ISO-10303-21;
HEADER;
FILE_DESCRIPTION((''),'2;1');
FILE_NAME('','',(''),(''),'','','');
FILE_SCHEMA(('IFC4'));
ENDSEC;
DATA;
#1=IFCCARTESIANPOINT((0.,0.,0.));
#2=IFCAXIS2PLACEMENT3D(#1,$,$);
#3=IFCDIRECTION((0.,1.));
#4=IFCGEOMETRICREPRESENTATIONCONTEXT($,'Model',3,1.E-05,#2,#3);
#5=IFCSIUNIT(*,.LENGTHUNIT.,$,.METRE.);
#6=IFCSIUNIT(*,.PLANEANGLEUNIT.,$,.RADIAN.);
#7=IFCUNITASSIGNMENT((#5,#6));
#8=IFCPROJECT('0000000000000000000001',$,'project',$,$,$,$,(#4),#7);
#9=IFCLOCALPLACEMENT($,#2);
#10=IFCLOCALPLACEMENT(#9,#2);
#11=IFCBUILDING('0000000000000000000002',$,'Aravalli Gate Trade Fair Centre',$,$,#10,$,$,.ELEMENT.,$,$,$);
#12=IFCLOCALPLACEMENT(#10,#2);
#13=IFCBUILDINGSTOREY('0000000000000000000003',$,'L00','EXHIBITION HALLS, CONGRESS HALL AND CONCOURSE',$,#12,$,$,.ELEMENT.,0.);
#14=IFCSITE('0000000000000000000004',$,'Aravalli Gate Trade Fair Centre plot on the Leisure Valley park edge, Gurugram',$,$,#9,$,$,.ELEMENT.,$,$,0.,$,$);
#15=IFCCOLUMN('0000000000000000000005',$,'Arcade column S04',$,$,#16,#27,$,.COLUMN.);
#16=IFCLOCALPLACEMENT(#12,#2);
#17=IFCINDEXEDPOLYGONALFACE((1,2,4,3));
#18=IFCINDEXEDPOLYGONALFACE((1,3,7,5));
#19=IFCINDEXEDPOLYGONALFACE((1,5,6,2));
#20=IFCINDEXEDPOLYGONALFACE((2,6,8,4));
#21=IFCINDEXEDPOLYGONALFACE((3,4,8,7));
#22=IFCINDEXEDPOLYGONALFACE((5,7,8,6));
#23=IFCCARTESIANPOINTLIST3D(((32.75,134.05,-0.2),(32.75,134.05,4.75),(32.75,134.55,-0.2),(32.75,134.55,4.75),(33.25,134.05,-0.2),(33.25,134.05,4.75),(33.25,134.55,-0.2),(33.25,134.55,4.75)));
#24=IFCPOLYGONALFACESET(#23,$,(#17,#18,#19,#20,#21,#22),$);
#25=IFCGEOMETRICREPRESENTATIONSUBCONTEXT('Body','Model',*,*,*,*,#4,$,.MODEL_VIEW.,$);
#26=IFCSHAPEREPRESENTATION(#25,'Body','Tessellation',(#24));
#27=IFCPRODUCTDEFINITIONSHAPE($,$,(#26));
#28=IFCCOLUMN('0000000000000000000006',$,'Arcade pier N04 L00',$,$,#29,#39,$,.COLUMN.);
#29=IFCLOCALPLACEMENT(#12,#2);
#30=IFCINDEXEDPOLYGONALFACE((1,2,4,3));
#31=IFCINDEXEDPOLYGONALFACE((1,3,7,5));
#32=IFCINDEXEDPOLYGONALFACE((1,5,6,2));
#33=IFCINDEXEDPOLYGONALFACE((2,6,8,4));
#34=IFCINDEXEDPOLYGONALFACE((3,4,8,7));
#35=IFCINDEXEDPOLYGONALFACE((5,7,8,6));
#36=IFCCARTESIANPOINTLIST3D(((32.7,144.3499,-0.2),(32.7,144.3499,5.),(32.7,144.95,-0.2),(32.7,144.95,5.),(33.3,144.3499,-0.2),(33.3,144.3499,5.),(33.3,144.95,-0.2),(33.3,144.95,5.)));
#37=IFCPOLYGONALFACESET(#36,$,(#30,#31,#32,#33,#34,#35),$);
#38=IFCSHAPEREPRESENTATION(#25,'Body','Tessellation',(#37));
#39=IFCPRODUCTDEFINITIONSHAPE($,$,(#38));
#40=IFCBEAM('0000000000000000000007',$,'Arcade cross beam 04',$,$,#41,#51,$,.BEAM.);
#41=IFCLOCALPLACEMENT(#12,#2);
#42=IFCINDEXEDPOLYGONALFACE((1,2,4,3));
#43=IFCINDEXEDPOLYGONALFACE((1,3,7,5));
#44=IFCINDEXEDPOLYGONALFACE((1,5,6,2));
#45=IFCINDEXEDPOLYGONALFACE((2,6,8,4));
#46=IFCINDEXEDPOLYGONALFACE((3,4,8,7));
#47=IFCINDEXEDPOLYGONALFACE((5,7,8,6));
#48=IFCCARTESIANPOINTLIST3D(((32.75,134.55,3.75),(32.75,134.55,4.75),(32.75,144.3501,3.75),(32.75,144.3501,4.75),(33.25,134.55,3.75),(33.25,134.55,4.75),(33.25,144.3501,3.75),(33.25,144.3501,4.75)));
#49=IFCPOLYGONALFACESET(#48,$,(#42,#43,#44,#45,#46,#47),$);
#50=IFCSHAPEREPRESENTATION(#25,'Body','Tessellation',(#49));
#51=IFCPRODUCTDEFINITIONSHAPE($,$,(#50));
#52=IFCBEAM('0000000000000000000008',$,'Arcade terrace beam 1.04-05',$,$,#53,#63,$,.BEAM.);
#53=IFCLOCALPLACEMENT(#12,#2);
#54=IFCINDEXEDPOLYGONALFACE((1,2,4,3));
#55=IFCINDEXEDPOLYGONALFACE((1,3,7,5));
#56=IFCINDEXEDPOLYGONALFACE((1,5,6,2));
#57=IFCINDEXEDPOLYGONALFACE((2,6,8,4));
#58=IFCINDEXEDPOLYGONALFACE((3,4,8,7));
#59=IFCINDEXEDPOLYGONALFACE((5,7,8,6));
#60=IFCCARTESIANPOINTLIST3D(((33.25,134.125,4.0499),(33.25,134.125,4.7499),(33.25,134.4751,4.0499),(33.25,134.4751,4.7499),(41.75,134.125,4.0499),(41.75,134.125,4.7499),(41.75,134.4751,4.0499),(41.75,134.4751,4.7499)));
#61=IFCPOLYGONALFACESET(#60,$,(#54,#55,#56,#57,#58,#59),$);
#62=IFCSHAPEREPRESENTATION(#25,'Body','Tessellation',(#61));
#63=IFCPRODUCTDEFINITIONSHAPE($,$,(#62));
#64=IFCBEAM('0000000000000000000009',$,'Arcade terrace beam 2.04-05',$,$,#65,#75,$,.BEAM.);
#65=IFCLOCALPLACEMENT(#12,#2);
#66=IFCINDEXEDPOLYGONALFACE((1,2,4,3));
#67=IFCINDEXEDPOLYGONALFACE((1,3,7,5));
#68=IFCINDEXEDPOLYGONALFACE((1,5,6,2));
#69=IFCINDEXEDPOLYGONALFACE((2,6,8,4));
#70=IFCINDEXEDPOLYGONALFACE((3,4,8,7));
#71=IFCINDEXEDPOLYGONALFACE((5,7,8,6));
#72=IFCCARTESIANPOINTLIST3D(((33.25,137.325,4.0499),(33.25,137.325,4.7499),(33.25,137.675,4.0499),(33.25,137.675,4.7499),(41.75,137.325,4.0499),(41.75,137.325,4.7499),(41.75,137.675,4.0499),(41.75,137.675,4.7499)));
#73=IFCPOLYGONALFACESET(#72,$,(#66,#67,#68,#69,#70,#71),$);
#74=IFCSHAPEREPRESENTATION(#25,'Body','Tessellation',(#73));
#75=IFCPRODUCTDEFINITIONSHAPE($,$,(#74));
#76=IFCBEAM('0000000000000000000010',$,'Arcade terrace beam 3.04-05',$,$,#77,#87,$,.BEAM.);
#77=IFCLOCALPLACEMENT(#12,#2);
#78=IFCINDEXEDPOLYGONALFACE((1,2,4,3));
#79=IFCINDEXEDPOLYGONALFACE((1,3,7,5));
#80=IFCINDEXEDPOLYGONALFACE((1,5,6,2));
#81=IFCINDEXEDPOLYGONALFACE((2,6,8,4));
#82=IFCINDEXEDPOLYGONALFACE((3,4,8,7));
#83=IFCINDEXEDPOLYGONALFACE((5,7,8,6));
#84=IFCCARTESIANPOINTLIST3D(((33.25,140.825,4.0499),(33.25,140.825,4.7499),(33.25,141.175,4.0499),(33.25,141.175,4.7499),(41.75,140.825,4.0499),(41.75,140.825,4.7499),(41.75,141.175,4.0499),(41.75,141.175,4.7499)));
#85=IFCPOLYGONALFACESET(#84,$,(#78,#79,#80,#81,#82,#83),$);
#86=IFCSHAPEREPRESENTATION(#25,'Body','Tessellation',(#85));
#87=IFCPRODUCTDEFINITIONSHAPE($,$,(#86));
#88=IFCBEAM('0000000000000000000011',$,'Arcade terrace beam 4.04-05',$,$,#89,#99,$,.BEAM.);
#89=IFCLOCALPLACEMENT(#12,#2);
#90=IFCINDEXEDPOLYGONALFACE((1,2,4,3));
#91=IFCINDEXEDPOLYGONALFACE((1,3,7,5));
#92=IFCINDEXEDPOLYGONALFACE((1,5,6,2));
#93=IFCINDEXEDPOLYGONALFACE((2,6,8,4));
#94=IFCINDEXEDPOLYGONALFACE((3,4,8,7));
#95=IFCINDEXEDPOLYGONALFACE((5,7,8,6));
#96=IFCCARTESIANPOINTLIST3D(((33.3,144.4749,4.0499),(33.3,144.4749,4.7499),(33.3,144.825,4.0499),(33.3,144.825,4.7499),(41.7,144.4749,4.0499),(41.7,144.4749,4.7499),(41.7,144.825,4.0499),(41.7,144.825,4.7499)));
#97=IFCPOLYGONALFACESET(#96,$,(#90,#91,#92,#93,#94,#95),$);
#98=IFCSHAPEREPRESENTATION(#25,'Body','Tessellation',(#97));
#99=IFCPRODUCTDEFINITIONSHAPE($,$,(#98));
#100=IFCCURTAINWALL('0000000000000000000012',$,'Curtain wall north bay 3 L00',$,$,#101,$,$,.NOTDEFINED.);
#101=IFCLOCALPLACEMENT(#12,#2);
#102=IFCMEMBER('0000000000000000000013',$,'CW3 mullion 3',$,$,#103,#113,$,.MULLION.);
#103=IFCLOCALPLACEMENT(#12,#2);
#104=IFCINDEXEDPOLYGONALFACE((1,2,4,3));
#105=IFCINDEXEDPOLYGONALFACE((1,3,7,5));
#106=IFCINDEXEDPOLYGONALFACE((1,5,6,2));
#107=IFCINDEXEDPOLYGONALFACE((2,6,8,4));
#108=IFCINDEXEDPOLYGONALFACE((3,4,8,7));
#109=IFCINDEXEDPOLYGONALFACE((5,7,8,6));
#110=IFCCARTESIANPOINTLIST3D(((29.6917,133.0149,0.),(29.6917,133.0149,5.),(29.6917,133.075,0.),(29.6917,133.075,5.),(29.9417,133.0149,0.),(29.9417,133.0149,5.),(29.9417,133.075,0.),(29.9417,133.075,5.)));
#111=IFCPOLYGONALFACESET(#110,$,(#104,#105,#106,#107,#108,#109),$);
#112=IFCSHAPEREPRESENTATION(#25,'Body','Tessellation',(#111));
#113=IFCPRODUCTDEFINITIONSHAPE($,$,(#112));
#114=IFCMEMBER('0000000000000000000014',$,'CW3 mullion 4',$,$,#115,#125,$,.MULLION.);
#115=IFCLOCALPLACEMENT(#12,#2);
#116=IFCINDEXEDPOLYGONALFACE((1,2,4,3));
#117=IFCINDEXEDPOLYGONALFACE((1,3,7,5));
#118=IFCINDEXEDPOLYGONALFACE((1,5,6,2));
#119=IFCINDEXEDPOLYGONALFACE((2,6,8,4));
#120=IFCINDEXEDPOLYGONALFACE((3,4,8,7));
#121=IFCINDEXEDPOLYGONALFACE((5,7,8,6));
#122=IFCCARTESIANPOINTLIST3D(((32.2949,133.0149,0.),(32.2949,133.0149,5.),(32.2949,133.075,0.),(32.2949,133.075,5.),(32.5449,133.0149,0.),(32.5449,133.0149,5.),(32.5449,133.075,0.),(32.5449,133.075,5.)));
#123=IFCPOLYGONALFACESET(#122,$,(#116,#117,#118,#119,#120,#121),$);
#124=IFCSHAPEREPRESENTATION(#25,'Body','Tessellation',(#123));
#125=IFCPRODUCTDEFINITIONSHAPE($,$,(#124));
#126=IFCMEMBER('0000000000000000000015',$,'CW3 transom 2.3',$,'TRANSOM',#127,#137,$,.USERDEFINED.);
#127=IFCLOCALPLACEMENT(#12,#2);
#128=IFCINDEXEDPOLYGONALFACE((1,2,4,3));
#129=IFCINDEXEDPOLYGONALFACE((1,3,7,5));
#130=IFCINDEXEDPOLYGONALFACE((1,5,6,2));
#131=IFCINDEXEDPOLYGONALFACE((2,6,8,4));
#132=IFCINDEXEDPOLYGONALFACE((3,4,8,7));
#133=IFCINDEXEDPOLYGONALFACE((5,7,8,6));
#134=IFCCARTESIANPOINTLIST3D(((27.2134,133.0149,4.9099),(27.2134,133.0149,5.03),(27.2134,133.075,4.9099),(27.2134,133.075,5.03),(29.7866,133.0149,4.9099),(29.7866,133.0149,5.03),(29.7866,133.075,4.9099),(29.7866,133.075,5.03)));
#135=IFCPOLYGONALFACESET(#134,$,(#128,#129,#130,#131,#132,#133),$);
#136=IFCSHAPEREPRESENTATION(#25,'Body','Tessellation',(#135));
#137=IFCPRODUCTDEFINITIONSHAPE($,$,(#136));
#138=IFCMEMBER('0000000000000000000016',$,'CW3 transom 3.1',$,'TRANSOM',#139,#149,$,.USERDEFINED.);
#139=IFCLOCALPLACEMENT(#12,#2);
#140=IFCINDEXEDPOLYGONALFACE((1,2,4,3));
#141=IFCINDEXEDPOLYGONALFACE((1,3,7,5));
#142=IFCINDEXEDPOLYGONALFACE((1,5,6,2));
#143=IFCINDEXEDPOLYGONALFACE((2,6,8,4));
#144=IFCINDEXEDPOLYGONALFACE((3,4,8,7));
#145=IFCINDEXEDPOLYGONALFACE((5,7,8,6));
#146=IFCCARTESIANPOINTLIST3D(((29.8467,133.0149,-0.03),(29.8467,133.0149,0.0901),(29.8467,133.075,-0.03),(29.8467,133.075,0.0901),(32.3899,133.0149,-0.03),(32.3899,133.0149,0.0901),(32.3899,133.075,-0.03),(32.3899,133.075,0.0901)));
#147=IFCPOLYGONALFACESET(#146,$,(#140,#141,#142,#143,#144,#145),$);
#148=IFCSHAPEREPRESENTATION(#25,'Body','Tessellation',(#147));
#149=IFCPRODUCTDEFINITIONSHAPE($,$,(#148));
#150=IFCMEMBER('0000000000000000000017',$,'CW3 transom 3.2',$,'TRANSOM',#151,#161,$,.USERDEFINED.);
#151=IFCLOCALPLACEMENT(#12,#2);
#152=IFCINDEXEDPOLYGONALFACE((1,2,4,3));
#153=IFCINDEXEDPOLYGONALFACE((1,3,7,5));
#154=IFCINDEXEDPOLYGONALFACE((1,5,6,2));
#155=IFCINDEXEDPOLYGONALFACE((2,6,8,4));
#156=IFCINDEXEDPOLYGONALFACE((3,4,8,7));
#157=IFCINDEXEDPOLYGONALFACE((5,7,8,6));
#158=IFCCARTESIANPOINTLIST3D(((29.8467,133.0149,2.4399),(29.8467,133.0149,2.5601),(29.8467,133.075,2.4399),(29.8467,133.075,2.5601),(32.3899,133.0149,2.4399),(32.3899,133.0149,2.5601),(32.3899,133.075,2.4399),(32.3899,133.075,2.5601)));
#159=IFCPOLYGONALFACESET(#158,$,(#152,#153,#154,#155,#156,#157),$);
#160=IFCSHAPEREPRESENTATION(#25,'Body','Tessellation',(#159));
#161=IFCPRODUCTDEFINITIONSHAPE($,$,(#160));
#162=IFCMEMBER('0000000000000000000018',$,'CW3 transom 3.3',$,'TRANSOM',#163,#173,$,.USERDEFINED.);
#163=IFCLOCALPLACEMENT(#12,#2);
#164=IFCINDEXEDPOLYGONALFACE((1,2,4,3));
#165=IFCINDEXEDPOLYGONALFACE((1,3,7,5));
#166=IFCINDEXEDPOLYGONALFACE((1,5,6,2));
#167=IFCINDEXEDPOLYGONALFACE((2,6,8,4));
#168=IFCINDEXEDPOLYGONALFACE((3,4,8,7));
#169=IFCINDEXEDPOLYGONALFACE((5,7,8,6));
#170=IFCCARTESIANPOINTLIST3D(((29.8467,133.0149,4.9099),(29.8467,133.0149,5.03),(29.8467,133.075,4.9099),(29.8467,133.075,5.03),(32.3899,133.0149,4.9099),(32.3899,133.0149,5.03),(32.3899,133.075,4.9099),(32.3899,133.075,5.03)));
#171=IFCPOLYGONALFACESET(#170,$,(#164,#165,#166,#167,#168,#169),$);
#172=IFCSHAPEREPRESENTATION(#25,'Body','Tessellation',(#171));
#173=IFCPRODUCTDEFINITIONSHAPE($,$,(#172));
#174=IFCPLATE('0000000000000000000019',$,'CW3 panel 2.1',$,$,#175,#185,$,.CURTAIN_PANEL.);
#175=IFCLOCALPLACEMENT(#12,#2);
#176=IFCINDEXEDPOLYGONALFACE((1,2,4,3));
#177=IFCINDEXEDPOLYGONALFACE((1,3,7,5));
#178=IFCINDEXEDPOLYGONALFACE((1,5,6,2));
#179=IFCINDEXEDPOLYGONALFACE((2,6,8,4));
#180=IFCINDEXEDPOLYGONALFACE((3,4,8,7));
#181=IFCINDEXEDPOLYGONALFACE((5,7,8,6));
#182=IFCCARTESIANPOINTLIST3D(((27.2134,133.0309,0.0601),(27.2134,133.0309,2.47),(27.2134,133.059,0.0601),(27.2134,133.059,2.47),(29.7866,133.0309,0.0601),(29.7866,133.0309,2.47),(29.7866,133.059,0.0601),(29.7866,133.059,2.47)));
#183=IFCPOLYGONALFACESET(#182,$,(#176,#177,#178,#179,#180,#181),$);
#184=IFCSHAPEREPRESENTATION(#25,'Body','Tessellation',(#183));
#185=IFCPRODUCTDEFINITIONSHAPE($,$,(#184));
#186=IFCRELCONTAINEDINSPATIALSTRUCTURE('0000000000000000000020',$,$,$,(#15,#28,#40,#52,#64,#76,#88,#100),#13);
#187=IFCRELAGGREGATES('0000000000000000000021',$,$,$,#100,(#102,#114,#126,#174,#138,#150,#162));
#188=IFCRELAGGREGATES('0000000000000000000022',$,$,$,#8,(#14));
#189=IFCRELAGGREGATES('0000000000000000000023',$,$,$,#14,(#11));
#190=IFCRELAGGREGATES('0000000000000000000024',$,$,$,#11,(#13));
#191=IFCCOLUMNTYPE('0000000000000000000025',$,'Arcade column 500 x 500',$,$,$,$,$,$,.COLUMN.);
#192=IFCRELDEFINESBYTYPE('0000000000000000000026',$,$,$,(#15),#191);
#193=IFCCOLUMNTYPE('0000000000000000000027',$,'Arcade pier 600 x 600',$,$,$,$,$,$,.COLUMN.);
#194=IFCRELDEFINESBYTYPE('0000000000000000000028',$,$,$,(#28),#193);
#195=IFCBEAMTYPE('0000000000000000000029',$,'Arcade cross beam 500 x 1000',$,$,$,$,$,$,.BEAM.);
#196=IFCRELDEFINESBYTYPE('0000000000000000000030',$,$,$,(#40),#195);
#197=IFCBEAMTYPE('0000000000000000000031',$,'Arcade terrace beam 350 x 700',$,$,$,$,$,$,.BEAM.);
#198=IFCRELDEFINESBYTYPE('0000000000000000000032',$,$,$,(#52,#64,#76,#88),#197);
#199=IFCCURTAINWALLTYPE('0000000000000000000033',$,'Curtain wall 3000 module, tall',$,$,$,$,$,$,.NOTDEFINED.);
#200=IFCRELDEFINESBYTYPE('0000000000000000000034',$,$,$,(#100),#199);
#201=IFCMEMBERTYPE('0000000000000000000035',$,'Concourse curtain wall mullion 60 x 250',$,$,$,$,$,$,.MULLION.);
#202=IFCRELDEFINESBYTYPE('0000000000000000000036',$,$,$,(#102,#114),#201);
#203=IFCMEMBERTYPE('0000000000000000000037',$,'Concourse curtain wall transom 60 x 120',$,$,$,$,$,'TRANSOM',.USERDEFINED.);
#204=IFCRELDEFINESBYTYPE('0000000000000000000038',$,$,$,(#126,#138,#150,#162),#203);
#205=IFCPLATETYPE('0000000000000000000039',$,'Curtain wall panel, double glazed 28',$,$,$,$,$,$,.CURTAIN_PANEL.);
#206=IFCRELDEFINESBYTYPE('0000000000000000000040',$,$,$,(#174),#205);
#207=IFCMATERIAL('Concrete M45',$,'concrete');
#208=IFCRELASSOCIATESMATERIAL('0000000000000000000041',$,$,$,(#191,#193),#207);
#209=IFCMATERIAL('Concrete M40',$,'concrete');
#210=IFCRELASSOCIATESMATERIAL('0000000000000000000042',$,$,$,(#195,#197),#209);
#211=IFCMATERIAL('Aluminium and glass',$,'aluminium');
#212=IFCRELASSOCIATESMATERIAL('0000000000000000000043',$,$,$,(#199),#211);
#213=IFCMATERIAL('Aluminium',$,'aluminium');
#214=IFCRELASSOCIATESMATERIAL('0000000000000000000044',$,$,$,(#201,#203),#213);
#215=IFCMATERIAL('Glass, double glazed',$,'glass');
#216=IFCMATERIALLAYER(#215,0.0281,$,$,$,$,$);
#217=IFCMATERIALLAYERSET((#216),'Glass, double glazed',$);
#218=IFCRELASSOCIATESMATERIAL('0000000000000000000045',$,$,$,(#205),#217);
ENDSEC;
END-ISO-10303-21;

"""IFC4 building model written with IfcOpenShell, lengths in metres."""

from ifc_helpers import new_model, si_unit, direction, frame, origin, origin_2d, place, context, subcontext, project, spatial, rectangle, extrude, material, layer, layer_set, material_profile, profile_set, type_object, element, aggregate, save


model = new_model("IFC4")

# Units and contexts
model_context = context("Model", 3, precision=1e-05, world=origin(), true_north=direction((0.0, 1.0)))
body_context = subcontext(model_context, "Body", "Model", "MODEL_VIEW")
ifc_project = project(units=[si_unit("LENGTHUNIT", "METRE"), si_unit("PLANEANGLEUNIT", "RADIAN")], contexts=[model_context])

# Site, building, storey
site_placement = place(None, origin())
site = spatial("IfcSite", under=ifc_project, at=site_placement, Name="Aravalli Gate Trade Fair Centre plot on the Leisure Valley park edge, Gurugram", CompositionType="ELEMENT", RefElevation=0.0)
building_placement = place(site_placement, origin())
building = spatial("IfcBuilding", under=site, at=building_placement, Name="Aravalli Gate Trade Fair Centre", CompositionType="ELEMENT")
storey_placement = place(building_placement, origin())
storey = spatial("IfcBuildingStorey", under=building, at=storey_placement, Name="L00", Description="EXHIBITION HALLS, CONGRESS HALL AND CONCOURSE", CompositionType="ELEMENT", Elevation=0.0)

# Columns
ifc_material_1 = material(Name="Concrete M45", Category="concrete")
ifc_material_profile_1 = material_profile(ifc_material_1, rectangle(XDim=0.5, YDim=0.5, at=origin_2d()), Name="Arcade column 500 x 500")
ifc_profile_set_1 = profile_set([ifc_material_profile_1], Name="Concrete M45")
column_type_1 = type_object("IfcColumnType", Name="Arcade column 500 x 500", PredefinedType="COLUMN", material=ifc_profile_set_1)
column_1_placement = place(storey_placement, frame((33.0, 134.3, -0.2), z_axis=(0.0, 0.0, 1.0), x_axis=(1.0, 0.0, 0.0)))
element("IfcColumn", 1, at=column_1_placement, inside=storey, type_object=column_type_1, Name="Arcade column S04", PredefinedType="COLUMN", context=body_context, shape_type="SweptSolid", body=[
    extrude(rectangle(XDim=0.5, YDim=0.5, at=origin_2d()), origin(), (0.0, 0.0, 1.0), 4.95),
])
ifc_material_profile_2 = material_profile(ifc_material_1, rectangle(XDim=0.6001, YDim=0.6001, at=origin_2d()), Name="Arcade pier 600 x 600")
ifc_profile_set_2 = profile_set([ifc_material_profile_2], Name="Concrete M45")
column_type_2 = type_object("IfcColumnType", Name="Arcade pier 600 x 600", PredefinedType="COLUMN", material=ifc_profile_set_2)
column_2_placement = place(storey_placement, frame((33.0, 144.6499, -0.2), z_axis=(0.0, 0.0, 1.0), x_axis=(1.0, 0.0, 0.0)))
element("IfcColumn", 2, at=column_2_placement, inside=storey, type_object=column_type_2, Name="Arcade pier N04 L00", PredefinedType="COLUMN", context=body_context, shape_type="SweptSolid", body=[
    extrude(rectangle(XDim=0.6001, YDim=0.6001, at=origin_2d()), origin(), (0.0, 0.0, 1.0), 5.2),
])

# Beams
ifc_material_2 = material(Name="Concrete M40", Category="concrete")
ifc_material_profile_3 = material_profile(ifc_material_2, rectangle(XDim=0.5, YDim=1.0, at=origin_2d()), Name="Arcade cross beam 500 x 1000")
ifc_profile_set_3 = profile_set([ifc_material_profile_3], Name="Concrete M40")
beam_type_1 = type_object("IfcBeamType", Name="Arcade cross beam 500 x 1000", PredefinedType="BEAM", material=ifc_profile_set_3)
beam_1_placement = place(storey_placement, frame((33.0, 134.55, 4.25), z_axis=(0.0, 1.0, 0.0), x_axis=(-1.0, 0.0, 0.0)))
element("IfcBeam", 3, at=beam_1_placement, inside=storey, type_object=beam_type_1, Name="Arcade cross beam 04", PredefinedType="BEAM", context=body_context, shape_type="SweptSolid", body=[
    extrude(rectangle(XDim=0.5, YDim=1.0, at=origin_2d()), origin(), (0.0, 0.0, 1.0), 9.8),
])
ifc_material_profile_4 = material_profile(ifc_material_2, rectangle(XDim=0.3501, YDim=0.7, at=origin_2d()), Name="Arcade terrace beam 350 x 700")
ifc_profile_set_4 = profile_set([ifc_material_profile_4], Name="Concrete M40")
beam_type_2 = type_object("IfcBeamType", Name="Arcade terrace beam 350 x 700", PredefinedType="BEAM", material=ifc_profile_set_4)
for number, where, z_axis, x_axis, name in (
    (4, (33.25, 134.3, 4.3999), (1.0, 0.0, 0.0), (0.0, 1.0, 0.0), "Arcade terrace beam 1.04-05"),
    (5, (33.25, 137.5, 4.3999), (1.0, 0.0, 0.0), (0.0, 1.0, 0.0), "Arcade terrace beam 2.04-05"),
    (6, (33.25, 141.0, 4.3999), (1.0, 0.0, 0.0), (0.0, 1.0, 0.0), "Arcade terrace beam 3.04-05"),
):
    element("IfcBeam", number, at=place(storey_placement, frame(where, z_axis=z_axis, x_axis=x_axis)), inside=storey, type_object=beam_type_2, Name=name, PredefinedType="BEAM", context=body_context, shape_type="SweptSolid", body=[
        extrude(rectangle(XDim=0.3501, YDim=0.7, at=origin_2d()), origin(), (0.0, 0.0, 1.0), 8.5),
    ])
beam_2_placement = place(storey_placement, frame((33.3, 144.6499, 4.3999), z_axis=(1.0, 0.0, 0.0), x_axis=(0.0, 1.0, 0.0)))
element("IfcBeam", 7, at=beam_2_placement, inside=storey, type_object=beam_type_2, Name="Arcade terrace beam 4.04-05", PredefinedType="BEAM", context=body_context, shape_type="SweptSolid", body=[
    extrude(rectangle(XDim=0.3501, YDim=0.7, at=origin_2d()), origin(), (0.0, 0.0, 1.0), 8.3999),
])

# Curtain wall, members, plate
ifc_material_3 = material(Name="Aluminium and glass", Category="aluminium")
curtain_wall_type = type_object("IfcCurtainWallType", Name="Curtain wall 3000 module, tall", PredefinedType="NOTDEFINED", material=ifc_material_3)
curtain_wall_placement = place(storey_placement, origin())
curtain_wall = element("IfcCurtainWall", 8, at=curtain_wall_placement, inside=storey, type_object=curtain_wall_type, Name="Curtain wall north bay 3 L00", PredefinedType="NOTDEFINED")
ifc_material_4 = material(Name="Aluminium", Category="aluminium")
ifc_material_profile_5 = material_profile(ifc_material_4, rectangle(XDim=0.0601, YDim=0.25, at=origin_2d()), Name="Concourse curtain wall mullion 60 x 250")
ifc_profile_set_5 = profile_set([ifc_material_profile_5], Name="Aluminium")
member_type_1 = type_object("IfcMemberType", Name="Concourse curtain wall mullion 60 x 250", PredefinedType="MULLION", material=ifc_profile_set_5)
member_1_placement = place(storey_placement, frame((29.8167, 133.0449, 0.0), z_axis=(0.0, 0.0, 1.0), x_axis=(0.0, 1.0, 0.0)))
member_1 = element("IfcMember", 9, at=member_1_placement, type_object=member_type_1, Name="CW3 mullion 3", PredefinedType="MULLION", context=body_context, shape_type="SweptSolid", body=[
    extrude(rectangle(XDim=0.0601, YDim=0.25, at=origin_2d()), origin(), (0.0, 0.0, 1.0), 5.0),
])
member_2_placement = place(storey_placement, frame((32.4199, 133.0449, 0.0), z_axis=(0.0, 0.0, 1.0), x_axis=(0.0, 1.0, 0.0)))
member_2 = element("IfcMember", 10, at=member_2_placement, type_object=member_type_1, Name="CW3 mullion 4", PredefinedType="MULLION", context=body_context, shape_type="SweptSolid", body=[
    extrude(rectangle(XDim=0.0601, YDim=0.25, at=origin_2d()), origin(), (0.0, 0.0, 1.0), 5.0),
])
ifc_material_profile_6 = material_profile(ifc_material_4, rectangle(XDim=0.0601, YDim=0.1201, at=origin_2d()), Name="Concourse curtain wall transom 60 x 120")
ifc_profile_set_6 = profile_set([ifc_material_profile_6], Name="Aluminium")
member_type_2 = type_object("IfcMemberType", Name="Concourse curtain wall transom 60 x 120", ElementType="TRANSOM", PredefinedType="USERDEFINED", material=ifc_profile_set_6)
member_3_placement = place(storey_placement, frame((27.2134, 133.0449, 4.97), z_axis=(1.0, 0.0, 0.0), x_axis=(0.0, 1.0, 0.0)))
member_3 = element("IfcMember", 11, at=member_3_placement, type_object=member_type_2, Name="CW3 transom 2.3", ObjectType="TRANSOM", PredefinedType="USERDEFINED", context=body_context, shape_type="SweptSolid", body=[
    extrude(rectangle(XDim=0.0601, YDim=0.1201, at=origin_2d()), origin(), (0.0, 0.0, 1.0), 2.5732),
])
member_4_placement = place(storey_placement, frame((29.8467, 133.0449, 0.03), z_axis=(1.0, 0.0, 0.0), x_axis=(0.0, 1.0, 0.0)))
member_4 = element("IfcMember", 12, at=member_4_placement, type_object=member_type_2, Name="CW3 transom 3.1", ObjectType="TRANSOM", PredefinedType="USERDEFINED", context=body_context, shape_type="SweptSolid", body=[
    extrude(rectangle(XDim=0.0601, YDim=0.1201, at=origin_2d()), origin(), (0.0, 0.0, 1.0), 2.5432),
])
member_5_placement = place(storey_placement, frame((29.8467, 133.0449, 2.5), z_axis=(1.0, 0.0, 0.0), x_axis=(0.0, 1.0, 0.0)))
member_5 = element("IfcMember", 13, at=member_5_placement, type_object=member_type_2, Name="CW3 transom 3.2", ObjectType="TRANSOM", PredefinedType="USERDEFINED", context=body_context, shape_type="SweptSolid", body=[
    extrude(rectangle(XDim=0.0601, YDim=0.1201, at=origin_2d()), origin(), (0.0, 0.0, 1.0), 2.5432),
])
member_6_placement = place(storey_placement, frame((29.8467, 133.0449, 4.97), z_axis=(1.0, 0.0, 0.0), x_axis=(0.0, 1.0, 0.0)))
member_6 = element("IfcMember", 14, at=member_6_placement, type_object=member_type_2, Name="CW3 transom 3.3", ObjectType="TRANSOM", PredefinedType="USERDEFINED", context=body_context, shape_type="SweptSolid", body=[
    extrude(rectangle(XDim=0.0601, YDim=0.1201, at=origin_2d()), origin(), (0.0, 0.0, 1.0), 2.5432),
])
ifc_material_5 = material(Name="Glass, double glazed", Category="glass")
ifc_layer_1 = layer(ifc_material_5, 0.0281)
ifc_layer_set_1 = layer_set([ifc_layer_1], Name="Glass, double glazed")
plate_type = type_object("IfcPlateType", Name="Curtain wall panel, double glazed 28", PredefinedType="CURTAIN_PANEL", material=ifc_layer_set_1)
plate_1_placement = place(storey_placement, frame((28.5, 133.0449, 0.0601), z_axis=(0.0, 0.0, 1.0), x_axis=(1.0, 0.0, 0.0)))
plate_1 = element("IfcPlate", 15, at=plate_1_placement, type_object=plate_type, Name="CW3 panel 2.1", PredefinedType="CURTAIN_PANEL", context=body_context, shape_type="SweptSolid", body=[
    extrude(rectangle(XDim=2.5732, YDim=0.0281, at=origin_2d()), origin(), (0.0, 0.0, 1.0), 2.4099),
])
aggregate(curtain_wall, [member_1, member_2, member_3, plate_1, member_4, member_5, member_6])

save(model, "model.ifc")
